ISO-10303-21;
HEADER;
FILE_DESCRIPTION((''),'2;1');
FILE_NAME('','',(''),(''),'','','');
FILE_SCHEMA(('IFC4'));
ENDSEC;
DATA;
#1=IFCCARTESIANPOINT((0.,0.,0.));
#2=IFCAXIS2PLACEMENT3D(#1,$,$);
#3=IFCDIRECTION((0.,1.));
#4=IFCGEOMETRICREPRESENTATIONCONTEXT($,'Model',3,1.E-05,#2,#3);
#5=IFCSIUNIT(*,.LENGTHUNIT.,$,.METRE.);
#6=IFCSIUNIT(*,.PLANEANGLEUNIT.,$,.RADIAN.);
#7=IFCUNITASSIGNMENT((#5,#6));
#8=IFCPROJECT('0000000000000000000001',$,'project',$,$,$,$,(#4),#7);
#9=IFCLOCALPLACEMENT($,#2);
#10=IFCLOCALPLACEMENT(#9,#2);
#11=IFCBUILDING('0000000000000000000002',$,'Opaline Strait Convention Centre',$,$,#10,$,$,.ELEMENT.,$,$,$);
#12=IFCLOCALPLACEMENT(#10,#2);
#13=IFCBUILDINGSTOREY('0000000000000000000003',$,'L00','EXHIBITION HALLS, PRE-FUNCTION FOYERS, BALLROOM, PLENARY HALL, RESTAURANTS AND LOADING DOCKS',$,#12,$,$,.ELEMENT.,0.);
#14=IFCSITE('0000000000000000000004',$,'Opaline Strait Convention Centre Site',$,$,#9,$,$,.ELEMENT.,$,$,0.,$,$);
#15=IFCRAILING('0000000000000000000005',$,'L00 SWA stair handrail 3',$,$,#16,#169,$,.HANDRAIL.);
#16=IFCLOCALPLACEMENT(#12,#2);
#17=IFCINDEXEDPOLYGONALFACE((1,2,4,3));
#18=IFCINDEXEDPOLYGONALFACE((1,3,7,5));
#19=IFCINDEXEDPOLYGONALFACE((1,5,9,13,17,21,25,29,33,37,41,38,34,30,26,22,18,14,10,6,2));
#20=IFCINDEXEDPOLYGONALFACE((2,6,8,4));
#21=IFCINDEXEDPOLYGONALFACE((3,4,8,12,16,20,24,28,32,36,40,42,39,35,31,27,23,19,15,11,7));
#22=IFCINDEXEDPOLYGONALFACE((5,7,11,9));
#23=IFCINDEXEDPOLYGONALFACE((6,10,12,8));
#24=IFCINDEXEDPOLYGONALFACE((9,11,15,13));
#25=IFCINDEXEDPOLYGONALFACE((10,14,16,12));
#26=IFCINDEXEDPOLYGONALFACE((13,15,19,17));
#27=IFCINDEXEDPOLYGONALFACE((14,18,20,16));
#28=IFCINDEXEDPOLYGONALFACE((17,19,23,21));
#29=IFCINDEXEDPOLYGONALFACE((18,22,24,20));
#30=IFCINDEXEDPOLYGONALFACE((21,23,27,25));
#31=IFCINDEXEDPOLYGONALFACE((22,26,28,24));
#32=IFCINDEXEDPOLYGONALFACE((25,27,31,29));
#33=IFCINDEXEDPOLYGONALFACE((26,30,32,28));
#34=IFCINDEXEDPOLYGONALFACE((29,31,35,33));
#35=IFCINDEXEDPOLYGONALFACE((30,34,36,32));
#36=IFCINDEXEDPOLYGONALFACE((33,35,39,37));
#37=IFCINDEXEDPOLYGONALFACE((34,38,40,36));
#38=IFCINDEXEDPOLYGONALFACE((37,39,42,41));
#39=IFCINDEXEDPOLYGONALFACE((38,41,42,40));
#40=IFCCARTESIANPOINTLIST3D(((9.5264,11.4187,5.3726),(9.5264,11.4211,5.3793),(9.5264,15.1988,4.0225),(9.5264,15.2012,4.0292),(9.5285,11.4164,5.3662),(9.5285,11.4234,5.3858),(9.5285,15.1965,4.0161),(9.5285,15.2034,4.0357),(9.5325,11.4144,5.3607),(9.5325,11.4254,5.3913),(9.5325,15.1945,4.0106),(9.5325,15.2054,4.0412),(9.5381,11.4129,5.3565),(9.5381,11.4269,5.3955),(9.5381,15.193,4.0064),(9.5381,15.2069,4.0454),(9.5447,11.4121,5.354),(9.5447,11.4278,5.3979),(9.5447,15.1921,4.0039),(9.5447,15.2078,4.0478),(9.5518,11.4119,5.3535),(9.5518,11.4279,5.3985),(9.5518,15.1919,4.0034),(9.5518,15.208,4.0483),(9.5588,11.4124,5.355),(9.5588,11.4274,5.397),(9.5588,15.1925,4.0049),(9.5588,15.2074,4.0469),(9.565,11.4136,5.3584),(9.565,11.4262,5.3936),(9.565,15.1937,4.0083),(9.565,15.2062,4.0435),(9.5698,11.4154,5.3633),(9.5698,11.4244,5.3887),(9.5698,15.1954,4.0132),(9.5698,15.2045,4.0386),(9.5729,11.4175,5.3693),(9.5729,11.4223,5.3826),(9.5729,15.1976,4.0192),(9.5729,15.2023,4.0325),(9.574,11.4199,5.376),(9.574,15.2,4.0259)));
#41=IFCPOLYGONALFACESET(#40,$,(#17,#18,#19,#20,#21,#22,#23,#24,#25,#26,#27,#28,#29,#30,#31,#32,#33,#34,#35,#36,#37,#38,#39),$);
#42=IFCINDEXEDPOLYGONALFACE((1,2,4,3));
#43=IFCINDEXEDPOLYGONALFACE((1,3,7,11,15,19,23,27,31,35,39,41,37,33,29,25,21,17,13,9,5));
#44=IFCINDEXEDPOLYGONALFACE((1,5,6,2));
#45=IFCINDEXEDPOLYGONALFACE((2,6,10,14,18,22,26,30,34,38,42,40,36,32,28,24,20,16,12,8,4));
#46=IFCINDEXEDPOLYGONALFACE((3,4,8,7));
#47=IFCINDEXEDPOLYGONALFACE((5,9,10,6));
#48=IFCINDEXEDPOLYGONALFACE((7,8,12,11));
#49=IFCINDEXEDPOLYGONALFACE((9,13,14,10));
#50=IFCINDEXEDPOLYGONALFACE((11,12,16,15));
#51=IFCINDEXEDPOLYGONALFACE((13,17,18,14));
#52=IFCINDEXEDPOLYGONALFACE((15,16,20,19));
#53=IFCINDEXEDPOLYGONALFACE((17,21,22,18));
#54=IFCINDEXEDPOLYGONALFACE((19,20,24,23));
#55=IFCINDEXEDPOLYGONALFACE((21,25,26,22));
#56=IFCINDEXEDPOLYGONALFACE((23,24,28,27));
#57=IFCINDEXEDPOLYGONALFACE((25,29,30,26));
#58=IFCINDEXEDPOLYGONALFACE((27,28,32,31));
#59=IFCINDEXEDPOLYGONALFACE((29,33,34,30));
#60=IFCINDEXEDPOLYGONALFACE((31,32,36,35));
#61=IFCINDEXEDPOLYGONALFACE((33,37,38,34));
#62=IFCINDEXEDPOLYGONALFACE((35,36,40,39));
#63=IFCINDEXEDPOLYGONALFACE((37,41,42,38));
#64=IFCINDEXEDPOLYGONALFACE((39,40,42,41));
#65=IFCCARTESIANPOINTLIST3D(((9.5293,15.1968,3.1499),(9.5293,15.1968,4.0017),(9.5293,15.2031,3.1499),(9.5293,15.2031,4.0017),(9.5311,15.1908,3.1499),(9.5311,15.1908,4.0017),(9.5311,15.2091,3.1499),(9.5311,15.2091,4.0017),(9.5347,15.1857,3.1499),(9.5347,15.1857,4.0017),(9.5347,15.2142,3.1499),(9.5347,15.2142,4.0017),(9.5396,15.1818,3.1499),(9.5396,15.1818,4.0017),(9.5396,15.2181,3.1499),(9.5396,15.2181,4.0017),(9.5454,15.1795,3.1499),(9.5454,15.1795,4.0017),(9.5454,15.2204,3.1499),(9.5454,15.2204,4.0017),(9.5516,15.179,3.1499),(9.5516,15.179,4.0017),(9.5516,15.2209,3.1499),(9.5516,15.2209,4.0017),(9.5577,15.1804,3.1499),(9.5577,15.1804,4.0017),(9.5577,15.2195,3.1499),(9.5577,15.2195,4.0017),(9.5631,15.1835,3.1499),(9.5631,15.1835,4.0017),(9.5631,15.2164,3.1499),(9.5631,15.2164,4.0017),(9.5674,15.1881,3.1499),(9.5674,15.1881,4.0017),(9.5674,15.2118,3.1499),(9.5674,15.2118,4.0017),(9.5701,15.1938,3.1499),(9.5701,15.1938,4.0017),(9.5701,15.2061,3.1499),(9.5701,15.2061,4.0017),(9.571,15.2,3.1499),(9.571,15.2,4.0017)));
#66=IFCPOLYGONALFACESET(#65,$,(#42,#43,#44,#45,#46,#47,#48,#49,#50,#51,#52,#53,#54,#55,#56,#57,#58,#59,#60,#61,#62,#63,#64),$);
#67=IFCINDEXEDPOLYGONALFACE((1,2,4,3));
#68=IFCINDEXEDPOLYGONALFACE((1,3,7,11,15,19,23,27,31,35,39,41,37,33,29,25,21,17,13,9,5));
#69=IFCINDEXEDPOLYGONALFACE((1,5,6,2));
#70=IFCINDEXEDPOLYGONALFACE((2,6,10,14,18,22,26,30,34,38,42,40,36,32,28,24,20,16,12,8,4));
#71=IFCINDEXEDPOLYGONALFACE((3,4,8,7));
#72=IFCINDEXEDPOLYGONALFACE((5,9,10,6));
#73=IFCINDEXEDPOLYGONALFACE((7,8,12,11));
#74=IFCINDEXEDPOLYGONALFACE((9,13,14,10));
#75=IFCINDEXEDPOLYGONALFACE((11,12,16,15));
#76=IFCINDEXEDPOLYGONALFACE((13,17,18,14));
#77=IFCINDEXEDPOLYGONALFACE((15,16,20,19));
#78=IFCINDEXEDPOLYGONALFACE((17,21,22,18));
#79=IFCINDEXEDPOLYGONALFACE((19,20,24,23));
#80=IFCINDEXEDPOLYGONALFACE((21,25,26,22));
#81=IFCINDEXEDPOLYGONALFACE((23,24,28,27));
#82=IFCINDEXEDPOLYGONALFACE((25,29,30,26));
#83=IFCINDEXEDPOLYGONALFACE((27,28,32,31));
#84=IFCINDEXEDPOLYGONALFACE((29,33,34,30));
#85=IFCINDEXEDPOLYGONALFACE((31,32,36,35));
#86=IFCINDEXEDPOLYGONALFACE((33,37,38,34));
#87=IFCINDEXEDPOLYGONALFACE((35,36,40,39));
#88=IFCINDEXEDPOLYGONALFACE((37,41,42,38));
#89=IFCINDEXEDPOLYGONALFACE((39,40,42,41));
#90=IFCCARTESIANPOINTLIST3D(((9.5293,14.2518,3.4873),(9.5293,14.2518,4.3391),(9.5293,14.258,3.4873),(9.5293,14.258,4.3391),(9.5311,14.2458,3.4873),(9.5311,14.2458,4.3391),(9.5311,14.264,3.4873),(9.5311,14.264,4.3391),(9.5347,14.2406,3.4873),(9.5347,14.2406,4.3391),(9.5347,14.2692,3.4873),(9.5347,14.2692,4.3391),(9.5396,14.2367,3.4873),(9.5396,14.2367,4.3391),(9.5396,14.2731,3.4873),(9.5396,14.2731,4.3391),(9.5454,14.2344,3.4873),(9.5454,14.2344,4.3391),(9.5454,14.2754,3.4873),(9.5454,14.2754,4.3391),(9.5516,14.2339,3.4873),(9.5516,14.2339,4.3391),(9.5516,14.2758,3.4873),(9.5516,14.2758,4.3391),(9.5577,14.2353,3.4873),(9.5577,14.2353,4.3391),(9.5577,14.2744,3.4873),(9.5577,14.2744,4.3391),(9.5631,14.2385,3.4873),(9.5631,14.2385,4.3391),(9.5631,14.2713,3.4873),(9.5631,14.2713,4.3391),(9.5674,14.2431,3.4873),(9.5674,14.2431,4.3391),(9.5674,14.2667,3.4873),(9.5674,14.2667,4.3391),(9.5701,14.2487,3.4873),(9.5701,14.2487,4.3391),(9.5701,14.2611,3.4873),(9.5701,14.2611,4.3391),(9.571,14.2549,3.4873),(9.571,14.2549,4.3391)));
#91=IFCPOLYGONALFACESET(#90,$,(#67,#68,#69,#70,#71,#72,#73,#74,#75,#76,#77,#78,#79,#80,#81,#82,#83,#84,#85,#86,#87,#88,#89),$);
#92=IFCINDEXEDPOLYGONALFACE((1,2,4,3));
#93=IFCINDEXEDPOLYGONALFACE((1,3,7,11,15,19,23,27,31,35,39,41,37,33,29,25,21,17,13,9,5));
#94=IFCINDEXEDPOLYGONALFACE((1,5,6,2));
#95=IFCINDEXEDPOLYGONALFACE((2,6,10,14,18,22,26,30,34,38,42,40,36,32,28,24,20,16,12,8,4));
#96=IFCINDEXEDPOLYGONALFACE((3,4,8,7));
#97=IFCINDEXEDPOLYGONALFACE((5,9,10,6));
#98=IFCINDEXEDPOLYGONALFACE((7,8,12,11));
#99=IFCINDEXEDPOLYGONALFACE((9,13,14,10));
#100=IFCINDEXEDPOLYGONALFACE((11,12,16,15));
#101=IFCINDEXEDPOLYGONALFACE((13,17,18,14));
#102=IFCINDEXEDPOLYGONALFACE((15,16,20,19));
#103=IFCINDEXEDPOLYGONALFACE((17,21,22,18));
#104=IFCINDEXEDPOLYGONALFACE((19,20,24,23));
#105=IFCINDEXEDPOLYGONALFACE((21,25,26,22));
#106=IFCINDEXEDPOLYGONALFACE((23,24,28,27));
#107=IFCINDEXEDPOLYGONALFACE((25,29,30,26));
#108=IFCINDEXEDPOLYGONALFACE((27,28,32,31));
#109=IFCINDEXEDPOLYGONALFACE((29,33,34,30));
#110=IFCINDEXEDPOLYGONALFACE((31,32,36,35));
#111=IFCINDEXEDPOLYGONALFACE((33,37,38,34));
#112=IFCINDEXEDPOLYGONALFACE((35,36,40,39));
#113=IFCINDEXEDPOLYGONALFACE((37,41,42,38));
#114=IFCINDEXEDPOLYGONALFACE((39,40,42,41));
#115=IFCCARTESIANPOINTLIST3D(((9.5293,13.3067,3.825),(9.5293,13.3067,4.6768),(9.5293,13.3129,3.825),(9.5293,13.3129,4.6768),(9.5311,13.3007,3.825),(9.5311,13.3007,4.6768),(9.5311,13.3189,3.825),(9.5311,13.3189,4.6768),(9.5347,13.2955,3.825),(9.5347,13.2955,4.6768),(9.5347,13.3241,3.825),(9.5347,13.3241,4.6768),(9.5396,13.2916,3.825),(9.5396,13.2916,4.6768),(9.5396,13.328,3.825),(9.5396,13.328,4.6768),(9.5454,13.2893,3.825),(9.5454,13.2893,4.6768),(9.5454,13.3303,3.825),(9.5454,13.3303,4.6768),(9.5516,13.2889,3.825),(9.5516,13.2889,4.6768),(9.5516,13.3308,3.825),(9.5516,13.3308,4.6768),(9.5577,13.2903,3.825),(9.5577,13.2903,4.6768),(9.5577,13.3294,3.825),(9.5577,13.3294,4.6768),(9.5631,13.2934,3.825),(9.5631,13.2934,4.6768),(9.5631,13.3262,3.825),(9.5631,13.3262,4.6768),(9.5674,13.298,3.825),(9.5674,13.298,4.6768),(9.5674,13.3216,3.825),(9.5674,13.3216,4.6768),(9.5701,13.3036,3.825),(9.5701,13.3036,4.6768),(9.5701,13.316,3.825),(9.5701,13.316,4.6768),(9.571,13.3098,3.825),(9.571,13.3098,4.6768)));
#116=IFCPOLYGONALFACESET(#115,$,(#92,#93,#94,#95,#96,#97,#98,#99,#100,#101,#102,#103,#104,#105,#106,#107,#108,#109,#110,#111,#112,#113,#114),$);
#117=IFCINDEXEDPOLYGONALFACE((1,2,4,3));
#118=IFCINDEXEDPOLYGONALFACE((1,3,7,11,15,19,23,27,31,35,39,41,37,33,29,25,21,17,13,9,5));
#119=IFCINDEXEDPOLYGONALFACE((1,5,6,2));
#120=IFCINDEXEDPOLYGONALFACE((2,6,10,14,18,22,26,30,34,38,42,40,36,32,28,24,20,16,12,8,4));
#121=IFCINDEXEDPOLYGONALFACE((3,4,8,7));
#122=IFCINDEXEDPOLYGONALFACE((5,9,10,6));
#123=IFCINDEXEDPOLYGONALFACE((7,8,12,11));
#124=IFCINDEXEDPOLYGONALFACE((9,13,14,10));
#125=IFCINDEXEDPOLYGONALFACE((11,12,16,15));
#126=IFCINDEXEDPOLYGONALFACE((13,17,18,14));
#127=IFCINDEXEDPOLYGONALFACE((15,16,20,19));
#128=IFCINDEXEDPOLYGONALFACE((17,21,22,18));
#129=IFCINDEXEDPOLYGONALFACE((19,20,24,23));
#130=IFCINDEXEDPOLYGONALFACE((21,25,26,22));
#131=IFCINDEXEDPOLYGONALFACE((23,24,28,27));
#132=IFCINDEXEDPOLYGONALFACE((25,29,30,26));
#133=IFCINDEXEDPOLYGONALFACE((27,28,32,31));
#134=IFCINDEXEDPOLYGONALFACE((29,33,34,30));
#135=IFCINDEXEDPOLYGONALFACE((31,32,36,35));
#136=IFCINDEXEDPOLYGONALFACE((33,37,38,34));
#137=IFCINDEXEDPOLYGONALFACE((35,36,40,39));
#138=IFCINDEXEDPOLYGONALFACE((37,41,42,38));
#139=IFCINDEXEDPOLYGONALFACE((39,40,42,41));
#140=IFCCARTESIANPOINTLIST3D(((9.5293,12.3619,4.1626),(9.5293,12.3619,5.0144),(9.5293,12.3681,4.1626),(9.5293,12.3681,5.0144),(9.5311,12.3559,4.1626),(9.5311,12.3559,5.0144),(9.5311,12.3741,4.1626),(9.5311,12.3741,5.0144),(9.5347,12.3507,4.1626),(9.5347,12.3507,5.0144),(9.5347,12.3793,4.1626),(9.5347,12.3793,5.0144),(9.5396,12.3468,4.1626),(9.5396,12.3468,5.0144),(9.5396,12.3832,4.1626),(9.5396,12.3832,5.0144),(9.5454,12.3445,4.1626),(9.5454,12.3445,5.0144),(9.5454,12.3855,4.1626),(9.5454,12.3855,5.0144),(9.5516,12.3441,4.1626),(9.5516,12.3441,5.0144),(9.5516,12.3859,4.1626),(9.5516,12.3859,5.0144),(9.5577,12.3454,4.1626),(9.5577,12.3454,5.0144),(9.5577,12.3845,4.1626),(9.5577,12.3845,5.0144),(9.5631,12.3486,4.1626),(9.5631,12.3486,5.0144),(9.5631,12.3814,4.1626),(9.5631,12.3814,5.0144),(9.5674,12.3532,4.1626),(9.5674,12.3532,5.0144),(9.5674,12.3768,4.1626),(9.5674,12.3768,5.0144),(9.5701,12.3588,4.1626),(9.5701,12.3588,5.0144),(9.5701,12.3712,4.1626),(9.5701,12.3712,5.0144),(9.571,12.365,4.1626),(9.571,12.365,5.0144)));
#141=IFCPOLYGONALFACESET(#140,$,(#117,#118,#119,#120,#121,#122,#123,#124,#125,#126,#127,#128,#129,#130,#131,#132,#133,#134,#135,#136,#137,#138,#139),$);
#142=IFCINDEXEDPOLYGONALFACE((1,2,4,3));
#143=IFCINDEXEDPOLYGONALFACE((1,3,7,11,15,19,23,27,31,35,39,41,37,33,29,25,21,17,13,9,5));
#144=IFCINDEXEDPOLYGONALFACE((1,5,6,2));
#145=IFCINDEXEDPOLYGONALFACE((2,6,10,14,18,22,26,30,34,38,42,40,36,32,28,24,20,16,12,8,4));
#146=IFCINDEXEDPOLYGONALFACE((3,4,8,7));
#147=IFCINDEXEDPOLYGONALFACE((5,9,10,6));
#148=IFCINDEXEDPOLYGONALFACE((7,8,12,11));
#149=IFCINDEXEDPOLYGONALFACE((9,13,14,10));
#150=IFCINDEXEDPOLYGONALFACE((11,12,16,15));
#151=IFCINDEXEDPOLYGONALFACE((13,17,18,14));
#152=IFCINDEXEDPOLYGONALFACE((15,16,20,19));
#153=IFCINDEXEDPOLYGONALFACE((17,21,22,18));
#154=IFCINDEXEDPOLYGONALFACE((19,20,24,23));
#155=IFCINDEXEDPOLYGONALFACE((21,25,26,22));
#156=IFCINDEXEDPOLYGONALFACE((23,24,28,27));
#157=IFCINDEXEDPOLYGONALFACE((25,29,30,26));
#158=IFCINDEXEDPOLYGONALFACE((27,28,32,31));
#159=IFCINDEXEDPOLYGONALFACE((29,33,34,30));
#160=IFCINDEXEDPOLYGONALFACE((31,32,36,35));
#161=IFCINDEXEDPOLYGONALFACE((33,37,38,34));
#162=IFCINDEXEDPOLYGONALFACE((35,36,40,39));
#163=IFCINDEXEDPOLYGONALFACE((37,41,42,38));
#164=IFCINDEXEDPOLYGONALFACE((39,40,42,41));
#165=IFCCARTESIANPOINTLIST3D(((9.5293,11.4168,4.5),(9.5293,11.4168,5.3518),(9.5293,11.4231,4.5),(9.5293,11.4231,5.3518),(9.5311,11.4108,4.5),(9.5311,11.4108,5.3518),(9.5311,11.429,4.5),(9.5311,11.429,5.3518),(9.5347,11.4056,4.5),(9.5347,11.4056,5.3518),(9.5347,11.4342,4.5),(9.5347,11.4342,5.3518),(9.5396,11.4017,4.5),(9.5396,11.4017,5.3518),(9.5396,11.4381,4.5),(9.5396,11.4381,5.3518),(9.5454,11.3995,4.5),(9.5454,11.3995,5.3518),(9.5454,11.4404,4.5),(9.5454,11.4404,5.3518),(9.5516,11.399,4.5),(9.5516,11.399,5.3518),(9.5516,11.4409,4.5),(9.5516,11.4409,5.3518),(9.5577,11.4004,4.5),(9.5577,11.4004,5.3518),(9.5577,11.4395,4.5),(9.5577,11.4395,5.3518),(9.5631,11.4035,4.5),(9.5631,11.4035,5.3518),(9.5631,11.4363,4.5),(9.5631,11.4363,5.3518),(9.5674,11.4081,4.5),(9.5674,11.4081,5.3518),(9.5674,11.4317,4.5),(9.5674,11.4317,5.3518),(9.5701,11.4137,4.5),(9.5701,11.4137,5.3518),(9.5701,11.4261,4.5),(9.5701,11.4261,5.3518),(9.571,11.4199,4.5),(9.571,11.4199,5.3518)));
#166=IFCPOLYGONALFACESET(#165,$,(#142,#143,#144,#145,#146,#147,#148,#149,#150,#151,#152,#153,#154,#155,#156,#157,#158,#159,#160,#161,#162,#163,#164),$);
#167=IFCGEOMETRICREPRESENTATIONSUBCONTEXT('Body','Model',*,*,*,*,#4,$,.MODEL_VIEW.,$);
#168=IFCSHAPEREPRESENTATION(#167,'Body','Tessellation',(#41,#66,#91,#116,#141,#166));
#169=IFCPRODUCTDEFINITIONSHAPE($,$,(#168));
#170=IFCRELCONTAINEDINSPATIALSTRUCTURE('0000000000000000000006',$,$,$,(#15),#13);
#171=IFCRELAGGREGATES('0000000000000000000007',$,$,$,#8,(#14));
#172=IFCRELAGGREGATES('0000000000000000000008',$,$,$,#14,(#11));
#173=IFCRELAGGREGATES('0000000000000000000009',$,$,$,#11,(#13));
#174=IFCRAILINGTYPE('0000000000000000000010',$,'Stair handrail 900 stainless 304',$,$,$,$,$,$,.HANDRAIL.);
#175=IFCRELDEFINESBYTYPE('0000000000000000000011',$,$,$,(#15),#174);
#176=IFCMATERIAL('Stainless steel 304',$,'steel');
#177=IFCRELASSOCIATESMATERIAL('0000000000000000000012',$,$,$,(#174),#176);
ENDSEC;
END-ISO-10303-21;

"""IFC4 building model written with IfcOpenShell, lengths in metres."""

from ifc_helpers import new_model, si_unit, direction, frame, origin, origin_2d, place, context, subcontext, project, spatial, circle, extrude, material, type_object, element, save


model = new_model("IFC4")

# Units and contexts
model_context = context("Model", 3, precision=1e-05, world=origin(), true_north=direction((0.0, 1.0)))
body_context = subcontext(model_context, "Body", "Model", "MODEL_VIEW")
ifc_project = project(units=[si_unit("LENGTHUNIT", "METRE"), si_unit("PLANEANGLEUNIT", "RADIAN")], contexts=[model_context])

# Site, building, storey
site_placement = place(None, origin())
site = spatial("IfcSite", under=ifc_project, at=site_placement, Name="Opaline Strait Convention Centre Site", CompositionType="ELEMENT", RefElevation=0.0)
building_placement = place(site_placement, origin())
building = spatial("IfcBuilding", under=site, at=building_placement, Name="Opaline Strait Convention Centre", CompositionType="ELEMENT")
storey_placement = place(building_placement, origin())
storey = spatial("IfcBuildingStorey", under=building, at=storey_placement, Name="L00", Description="EXHIBITION HALLS, PRE-FUNCTION FOYERS, BALLROOM, PLENARY HALL, RESTAURANTS AND LOADING DOCKS", CompositionType="ELEMENT", Elevation=0.0)

# Railing
ifc_material_1 = material(Name="Stainless steel 304", Category="steel")
railing_type_1 = type_object("IfcRailingType", Name="Stair handrail 900 stainless 304", PredefinedType="HANDRAIL", material=ifc_material_1)
for number, where, name in (
    (1, (9.55, 15.2, 3.1499), "L00 SWA stair handrail 3"),
):
    element("IfcRailing", number, at=place(storey_placement, frame(where)), inside=storey, type_object=railing_type_1, Name=name, PredefinedType="HANDRAIL", context=body_context, shape_type="SweptSolid", body=[
        extrude(circle(Radius=0.0239, at=origin_2d()), frame((0.0, 0.0, 0.876), z_axis=(0.0, -0.941735, 0.336356), x_axis=(1.0, 0.0, 0.0)), (0.0, 0.0, 1.0), 4.0139),
        extrude(circle(Radius=0.021, at=origin_2d()), origin(), (0.0, 0.0, 1.0), 0.8518),
        extrude(circle(Radius=0.021, at=origin_2d()), frame((0.0, -0.9451, 0.3374)), (0.0, 0.0, 1.0), 0.8518),
        extrude(circle(Radius=0.021, at=origin_2d()), frame((0.0, -1.8901, 0.675)), (0.0, 0.0, 1.0), 0.8518),
        extrude(circle(Radius=0.021, at=origin_2d()), frame((0.0, -2.835, 1.0127)), (0.0, 0.0, 1.0), 0.8518),
        extrude(circle(Radius=0.021, at=origin_2d()), frame((0.0, -3.78, 1.3501)), (0.0, 0.0, 1.0), 0.8518),
    ])

save(model, "model.ifc")
